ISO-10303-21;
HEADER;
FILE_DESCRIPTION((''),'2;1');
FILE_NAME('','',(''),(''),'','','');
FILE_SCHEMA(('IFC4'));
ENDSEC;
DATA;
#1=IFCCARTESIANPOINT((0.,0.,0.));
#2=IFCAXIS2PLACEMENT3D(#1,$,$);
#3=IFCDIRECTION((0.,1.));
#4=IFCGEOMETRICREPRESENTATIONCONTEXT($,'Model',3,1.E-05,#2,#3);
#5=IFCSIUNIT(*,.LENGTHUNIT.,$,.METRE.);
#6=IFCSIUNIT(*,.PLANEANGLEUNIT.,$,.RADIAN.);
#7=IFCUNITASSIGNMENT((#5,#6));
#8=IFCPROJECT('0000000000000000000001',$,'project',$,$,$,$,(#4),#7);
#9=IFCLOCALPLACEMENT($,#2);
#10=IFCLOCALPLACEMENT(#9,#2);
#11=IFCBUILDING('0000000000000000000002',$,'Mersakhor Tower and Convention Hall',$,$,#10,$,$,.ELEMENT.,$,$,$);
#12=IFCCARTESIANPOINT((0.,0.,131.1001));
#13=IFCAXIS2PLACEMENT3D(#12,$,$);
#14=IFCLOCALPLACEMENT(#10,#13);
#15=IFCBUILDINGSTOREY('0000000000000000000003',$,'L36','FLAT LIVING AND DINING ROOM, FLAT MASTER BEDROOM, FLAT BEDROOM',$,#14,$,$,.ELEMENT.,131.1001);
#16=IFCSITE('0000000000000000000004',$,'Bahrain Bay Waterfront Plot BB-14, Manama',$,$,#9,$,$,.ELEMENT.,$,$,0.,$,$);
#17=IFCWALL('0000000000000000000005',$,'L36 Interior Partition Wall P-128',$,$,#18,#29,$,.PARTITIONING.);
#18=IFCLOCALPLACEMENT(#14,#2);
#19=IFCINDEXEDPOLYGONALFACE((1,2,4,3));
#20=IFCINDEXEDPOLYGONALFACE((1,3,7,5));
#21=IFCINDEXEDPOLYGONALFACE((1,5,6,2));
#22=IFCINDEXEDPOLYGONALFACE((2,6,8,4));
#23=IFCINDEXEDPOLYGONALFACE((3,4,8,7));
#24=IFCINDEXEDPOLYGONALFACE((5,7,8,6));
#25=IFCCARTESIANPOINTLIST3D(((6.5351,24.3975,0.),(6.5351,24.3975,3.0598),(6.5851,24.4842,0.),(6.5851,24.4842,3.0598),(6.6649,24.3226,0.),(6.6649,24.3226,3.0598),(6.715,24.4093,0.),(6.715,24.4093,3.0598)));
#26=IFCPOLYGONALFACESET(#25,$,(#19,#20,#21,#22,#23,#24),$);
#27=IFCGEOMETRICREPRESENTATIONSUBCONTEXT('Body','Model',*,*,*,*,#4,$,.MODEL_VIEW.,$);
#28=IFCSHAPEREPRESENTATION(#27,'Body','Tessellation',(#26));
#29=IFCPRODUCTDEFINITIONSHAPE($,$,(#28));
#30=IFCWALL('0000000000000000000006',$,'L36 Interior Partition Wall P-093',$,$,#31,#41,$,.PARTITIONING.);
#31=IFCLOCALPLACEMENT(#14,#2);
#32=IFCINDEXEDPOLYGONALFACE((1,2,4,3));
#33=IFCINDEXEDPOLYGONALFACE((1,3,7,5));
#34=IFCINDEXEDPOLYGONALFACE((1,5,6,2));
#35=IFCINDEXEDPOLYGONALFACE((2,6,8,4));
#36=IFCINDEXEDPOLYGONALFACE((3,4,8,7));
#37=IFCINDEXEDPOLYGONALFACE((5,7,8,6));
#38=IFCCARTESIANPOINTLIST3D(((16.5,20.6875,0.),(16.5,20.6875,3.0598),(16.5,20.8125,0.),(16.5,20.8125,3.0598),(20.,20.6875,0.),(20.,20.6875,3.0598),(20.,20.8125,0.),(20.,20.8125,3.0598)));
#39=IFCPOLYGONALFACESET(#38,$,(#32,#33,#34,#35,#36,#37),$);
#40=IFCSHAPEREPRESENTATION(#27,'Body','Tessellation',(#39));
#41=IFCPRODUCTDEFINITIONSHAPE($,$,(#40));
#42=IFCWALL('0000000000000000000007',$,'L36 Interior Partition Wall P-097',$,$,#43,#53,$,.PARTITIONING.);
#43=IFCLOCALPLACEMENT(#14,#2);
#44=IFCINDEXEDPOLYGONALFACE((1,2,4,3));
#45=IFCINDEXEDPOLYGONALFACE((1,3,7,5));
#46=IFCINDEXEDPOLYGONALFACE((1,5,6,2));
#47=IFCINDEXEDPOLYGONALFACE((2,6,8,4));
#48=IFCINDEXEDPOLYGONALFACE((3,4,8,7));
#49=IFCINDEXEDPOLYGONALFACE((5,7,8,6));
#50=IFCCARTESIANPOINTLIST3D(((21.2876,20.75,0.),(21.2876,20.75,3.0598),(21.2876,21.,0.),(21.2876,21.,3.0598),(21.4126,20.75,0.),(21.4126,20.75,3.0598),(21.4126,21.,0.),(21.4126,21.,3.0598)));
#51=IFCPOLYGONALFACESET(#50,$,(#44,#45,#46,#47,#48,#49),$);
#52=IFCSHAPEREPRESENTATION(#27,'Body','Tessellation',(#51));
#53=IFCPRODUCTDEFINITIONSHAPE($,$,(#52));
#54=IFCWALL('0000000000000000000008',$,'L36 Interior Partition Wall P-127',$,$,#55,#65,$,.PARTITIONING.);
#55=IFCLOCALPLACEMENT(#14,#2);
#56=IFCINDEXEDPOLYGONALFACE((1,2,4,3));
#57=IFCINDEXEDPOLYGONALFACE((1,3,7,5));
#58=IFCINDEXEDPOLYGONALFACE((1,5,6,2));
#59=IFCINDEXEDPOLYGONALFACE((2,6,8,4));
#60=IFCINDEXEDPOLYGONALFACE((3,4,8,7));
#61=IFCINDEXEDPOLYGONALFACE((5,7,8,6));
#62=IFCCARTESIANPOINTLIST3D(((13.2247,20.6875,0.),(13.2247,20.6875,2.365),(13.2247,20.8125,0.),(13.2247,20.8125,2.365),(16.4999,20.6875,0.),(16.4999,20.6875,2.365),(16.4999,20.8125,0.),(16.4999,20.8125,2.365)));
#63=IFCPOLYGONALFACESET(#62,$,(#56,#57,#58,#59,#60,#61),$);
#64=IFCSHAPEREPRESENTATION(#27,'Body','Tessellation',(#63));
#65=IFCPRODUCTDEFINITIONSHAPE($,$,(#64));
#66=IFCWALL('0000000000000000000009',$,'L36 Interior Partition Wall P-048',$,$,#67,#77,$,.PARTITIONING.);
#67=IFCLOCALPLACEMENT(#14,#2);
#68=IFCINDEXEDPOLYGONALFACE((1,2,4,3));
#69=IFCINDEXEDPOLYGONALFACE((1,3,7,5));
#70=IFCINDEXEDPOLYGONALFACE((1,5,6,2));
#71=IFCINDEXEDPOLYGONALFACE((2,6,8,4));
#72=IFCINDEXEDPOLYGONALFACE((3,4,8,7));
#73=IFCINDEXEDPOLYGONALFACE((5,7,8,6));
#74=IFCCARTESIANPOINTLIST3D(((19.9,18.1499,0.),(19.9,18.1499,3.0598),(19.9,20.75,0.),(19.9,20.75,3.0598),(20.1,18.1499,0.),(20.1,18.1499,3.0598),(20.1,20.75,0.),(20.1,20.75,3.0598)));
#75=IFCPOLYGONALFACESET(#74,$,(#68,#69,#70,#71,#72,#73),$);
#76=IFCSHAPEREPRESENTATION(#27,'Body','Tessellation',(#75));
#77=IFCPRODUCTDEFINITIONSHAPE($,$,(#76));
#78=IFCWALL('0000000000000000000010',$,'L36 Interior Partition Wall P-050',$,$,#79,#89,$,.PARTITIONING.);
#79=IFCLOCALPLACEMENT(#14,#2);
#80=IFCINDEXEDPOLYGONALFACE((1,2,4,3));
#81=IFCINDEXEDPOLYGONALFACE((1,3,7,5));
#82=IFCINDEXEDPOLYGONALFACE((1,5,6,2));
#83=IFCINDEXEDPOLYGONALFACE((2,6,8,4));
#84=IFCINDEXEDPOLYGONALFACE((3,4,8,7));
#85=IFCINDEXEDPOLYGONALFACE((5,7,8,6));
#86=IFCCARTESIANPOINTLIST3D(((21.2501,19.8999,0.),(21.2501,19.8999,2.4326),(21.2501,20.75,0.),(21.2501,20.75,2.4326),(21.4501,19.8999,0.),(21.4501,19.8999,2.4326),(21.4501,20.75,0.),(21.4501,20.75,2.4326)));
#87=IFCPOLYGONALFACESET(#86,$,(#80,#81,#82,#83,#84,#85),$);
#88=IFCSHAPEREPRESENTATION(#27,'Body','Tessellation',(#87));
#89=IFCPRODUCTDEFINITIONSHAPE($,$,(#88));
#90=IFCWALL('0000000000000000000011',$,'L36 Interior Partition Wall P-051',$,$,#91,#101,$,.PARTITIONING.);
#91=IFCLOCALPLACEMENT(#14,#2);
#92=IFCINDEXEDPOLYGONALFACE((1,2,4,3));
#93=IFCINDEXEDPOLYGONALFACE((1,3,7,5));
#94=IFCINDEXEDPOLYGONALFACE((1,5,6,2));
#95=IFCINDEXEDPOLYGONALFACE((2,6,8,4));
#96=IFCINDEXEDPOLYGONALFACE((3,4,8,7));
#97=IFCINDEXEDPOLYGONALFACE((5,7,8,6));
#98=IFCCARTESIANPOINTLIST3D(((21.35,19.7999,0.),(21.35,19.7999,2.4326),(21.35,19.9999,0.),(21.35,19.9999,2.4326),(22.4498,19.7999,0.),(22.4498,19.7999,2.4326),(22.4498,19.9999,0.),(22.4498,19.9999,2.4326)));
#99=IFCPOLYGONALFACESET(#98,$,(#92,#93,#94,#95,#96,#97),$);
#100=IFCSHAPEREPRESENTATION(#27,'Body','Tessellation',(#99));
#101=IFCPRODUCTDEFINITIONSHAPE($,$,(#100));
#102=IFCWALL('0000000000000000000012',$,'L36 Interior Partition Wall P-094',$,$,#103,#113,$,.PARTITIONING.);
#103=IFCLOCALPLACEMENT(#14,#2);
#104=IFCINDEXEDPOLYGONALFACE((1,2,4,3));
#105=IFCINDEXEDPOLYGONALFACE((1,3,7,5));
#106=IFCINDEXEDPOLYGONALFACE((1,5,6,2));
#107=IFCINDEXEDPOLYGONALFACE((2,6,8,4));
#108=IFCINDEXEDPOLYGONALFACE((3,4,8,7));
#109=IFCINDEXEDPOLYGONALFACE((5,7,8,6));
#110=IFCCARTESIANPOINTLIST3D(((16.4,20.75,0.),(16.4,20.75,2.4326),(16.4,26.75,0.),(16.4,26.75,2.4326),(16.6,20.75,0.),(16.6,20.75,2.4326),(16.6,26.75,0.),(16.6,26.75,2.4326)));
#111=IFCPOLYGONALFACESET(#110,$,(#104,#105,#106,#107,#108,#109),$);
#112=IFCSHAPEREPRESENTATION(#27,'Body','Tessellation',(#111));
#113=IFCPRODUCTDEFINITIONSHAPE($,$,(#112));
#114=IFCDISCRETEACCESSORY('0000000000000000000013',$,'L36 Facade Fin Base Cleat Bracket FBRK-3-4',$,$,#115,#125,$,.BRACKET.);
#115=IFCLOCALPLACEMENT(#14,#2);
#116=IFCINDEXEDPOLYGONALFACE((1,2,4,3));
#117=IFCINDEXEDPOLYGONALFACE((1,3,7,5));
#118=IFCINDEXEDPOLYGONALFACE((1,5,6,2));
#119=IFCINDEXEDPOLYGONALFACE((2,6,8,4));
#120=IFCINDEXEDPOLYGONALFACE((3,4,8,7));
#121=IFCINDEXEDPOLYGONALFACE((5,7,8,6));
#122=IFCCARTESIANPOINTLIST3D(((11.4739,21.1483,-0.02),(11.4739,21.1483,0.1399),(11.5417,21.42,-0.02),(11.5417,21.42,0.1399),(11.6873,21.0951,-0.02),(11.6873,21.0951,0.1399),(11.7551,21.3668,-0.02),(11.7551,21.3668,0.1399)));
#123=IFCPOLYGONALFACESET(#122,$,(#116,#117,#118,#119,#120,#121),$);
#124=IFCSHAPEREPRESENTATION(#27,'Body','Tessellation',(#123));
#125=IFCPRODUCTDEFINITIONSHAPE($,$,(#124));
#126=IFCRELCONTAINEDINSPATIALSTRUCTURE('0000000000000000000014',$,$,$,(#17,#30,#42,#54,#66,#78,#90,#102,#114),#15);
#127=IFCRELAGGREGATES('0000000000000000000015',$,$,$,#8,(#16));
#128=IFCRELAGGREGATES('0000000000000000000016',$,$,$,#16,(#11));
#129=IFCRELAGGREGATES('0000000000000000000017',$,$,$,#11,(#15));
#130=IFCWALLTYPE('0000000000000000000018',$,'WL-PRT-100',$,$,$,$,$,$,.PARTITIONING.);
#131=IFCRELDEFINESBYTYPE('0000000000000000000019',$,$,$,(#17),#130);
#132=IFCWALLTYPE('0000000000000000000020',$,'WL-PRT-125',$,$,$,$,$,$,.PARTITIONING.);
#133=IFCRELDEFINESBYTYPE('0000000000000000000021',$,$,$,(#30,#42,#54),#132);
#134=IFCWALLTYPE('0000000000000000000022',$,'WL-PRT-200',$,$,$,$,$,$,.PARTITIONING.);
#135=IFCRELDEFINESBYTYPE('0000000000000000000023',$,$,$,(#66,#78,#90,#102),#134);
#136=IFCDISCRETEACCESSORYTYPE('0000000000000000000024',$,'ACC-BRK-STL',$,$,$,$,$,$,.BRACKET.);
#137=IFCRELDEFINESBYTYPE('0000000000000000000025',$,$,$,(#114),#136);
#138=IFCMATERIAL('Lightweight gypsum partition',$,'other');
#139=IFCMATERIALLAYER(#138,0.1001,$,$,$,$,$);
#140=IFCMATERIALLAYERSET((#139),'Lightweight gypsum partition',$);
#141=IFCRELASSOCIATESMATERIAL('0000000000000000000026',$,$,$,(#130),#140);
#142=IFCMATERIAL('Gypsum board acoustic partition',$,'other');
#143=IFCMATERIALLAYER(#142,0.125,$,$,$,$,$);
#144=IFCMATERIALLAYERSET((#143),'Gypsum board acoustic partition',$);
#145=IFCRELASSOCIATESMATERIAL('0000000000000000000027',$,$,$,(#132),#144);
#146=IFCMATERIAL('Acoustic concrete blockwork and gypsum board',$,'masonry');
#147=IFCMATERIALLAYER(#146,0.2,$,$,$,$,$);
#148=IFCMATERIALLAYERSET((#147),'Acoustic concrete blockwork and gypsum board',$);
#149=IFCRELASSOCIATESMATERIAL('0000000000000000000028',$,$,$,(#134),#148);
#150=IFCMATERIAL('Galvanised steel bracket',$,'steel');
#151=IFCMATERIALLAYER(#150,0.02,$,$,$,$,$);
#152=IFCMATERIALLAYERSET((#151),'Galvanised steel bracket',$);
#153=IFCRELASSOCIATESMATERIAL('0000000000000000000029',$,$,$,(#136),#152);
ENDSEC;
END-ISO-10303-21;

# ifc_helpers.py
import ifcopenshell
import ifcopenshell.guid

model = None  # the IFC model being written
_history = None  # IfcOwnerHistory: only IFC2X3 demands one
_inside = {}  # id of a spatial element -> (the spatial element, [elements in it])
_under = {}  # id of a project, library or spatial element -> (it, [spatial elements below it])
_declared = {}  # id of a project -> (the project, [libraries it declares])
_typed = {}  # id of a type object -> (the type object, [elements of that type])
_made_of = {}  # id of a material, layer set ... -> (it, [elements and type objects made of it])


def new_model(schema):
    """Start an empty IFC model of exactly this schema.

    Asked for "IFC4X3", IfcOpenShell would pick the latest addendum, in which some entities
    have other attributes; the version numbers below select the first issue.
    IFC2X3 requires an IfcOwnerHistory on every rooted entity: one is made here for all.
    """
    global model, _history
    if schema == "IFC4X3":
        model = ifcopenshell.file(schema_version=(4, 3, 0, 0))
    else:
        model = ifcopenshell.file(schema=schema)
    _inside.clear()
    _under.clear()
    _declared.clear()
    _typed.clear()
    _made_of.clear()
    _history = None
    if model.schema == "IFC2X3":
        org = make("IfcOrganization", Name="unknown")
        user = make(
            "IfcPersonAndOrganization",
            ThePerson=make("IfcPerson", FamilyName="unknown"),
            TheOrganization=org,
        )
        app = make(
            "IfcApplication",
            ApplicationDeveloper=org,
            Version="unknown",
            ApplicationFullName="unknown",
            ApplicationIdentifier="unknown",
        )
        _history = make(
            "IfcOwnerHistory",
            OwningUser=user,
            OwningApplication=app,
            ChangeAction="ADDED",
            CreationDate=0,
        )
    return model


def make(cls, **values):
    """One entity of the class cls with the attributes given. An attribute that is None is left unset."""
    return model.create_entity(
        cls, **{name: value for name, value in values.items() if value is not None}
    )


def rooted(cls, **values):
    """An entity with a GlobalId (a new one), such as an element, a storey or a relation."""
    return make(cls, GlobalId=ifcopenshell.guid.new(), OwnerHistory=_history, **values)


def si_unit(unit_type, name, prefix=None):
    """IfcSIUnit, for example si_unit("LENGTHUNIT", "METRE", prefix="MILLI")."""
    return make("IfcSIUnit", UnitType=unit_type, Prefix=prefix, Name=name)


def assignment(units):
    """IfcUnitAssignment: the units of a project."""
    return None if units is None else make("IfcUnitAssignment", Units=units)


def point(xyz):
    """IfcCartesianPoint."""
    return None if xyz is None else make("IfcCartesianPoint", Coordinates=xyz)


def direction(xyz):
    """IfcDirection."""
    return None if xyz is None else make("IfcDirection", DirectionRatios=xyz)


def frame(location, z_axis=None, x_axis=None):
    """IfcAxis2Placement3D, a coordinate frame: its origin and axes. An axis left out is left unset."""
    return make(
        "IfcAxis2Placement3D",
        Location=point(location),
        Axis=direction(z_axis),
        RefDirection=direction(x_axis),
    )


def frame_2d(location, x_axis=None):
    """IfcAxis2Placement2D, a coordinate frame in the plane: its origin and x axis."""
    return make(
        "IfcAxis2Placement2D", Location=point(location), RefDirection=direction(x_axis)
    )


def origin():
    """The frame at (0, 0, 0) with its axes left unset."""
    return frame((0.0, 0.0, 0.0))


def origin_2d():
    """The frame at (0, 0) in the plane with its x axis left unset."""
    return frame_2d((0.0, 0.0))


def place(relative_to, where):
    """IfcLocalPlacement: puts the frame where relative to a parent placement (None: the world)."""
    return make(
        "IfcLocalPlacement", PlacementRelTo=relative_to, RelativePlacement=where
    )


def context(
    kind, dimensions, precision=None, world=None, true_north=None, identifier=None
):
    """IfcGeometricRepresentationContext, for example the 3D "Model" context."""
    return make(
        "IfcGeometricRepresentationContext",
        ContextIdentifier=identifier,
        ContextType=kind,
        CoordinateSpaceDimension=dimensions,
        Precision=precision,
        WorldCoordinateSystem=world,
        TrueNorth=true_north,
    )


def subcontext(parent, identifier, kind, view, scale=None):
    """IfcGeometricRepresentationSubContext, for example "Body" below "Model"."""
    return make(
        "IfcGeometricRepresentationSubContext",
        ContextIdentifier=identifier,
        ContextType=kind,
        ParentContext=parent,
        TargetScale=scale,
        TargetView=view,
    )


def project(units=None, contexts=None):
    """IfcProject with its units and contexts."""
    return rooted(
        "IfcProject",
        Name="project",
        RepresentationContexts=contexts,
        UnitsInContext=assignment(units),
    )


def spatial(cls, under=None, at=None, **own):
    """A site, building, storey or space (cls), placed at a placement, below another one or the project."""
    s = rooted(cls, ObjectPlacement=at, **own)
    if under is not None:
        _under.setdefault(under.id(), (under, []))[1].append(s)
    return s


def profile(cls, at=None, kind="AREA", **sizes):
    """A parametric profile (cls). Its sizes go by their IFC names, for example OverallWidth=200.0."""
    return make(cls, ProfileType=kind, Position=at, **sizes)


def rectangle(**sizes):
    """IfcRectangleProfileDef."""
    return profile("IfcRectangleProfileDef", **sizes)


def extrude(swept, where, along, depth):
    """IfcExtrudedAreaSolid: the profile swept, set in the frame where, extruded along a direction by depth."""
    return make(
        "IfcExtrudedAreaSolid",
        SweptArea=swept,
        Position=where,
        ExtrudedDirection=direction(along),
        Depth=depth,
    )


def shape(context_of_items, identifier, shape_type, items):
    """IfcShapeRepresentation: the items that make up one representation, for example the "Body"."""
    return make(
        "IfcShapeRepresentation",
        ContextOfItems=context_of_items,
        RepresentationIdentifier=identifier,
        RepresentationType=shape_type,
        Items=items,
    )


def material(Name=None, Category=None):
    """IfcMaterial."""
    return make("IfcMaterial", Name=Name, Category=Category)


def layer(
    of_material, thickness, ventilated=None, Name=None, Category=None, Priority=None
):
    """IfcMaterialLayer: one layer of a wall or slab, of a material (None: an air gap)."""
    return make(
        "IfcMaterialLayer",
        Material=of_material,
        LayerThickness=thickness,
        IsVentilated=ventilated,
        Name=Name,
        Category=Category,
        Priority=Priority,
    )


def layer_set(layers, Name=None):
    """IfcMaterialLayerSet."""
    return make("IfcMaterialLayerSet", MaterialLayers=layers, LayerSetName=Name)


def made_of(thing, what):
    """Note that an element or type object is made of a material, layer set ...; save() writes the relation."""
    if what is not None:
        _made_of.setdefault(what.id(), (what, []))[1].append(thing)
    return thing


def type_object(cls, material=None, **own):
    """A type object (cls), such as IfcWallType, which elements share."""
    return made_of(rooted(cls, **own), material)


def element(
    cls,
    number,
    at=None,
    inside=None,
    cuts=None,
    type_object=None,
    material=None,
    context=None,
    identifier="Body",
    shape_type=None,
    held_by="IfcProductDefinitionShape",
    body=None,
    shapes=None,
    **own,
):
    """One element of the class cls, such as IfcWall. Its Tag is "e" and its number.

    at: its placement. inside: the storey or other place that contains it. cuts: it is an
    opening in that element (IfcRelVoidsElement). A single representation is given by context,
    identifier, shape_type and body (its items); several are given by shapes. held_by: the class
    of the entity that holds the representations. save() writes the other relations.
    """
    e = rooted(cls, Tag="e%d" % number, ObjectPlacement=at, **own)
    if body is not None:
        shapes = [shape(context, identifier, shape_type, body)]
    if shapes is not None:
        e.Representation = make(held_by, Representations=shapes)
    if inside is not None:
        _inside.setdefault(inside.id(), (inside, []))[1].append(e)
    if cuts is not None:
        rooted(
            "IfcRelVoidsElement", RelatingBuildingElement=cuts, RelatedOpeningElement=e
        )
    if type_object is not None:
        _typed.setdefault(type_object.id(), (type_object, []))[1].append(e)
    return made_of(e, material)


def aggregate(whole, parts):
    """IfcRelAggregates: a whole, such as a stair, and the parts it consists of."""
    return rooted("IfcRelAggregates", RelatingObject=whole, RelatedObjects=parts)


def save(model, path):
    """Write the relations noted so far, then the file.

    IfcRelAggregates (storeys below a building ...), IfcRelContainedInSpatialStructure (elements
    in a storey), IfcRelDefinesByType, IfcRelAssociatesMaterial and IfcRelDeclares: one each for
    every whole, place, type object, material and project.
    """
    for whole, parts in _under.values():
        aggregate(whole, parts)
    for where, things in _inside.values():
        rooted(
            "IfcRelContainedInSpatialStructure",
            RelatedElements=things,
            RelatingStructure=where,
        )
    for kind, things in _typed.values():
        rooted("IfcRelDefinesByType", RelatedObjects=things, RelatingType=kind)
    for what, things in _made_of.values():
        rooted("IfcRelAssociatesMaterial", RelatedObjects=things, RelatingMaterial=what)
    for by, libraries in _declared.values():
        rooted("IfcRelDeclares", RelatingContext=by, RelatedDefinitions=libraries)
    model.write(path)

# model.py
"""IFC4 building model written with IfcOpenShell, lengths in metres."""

from ifc_helpers import new_model, si_unit, direction, frame, frame_2d, origin, origin_2d, place, context, subcontext, project, spatial, rectangle, extrude, material, layer, layer_set, type_object, element, save


model = new_model("IFC4")

# Units and contexts
model_context = context("Model", 3, precision=1e-05, world=origin(), true_north=direction((0.0, 1.0)))
body_context = subcontext(model_context, "Body", "Model", "MODEL_VIEW")
ifc_project = project(units=[si_unit("LENGTHUNIT", "METRE"), si_unit("PLANEANGLEUNIT", "RADIAN")], contexts=[model_context])

# Site, building, storey
site_placement = place(None, origin())
site = spatial("IfcSite", under=ifc_project, at=site_placement, Name="Bahrain Bay Waterfront Plot BB-14, Manama", CompositionType="ELEMENT", RefElevation=0.0)
building_placement = place(site_placement, origin())
building = spatial("IfcBuilding", under=site, at=building_placement, Name="Mersakhor Tower and Convention Hall", CompositionType="ELEMENT")
storey_placement = place(building_placement, frame((0.0, 0.0, 131.1001)))
storey = spatial("IfcBuildingStorey", under=building, at=storey_placement, Name="L36", Description="FLAT LIVING AND DINING ROOM, FLAT MASTER BEDROOM, FLAT BEDROOM", CompositionType="ELEMENT", Elevation=131.1001)

# Walls
ifc_material_1 = material(Name="Lightweight gypsum partition", Category="other")
ifc_layer_1 = layer(ifc_material_1, 0.1001)
ifc_layer_set_1 = layer_set([ifc_layer_1], Name="Lightweight gypsum partition")
wall_type_1 = type_object("IfcWallType", Name="WL-PRT-100", PredefinedType="PARTITIONING", material=ifc_layer_set_1)
wall_1_placement = place(storey_placement, frame((6.6899, 24.366, 0.0), z_axis=(0.0, 0.0, 1.0), x_axis=(-0.866131, 0.499816, 0.0)))
element("IfcWall", 1, at=wall_1_placement, inside=storey, type_object=wall_type_1, Name="L36 Interior Partition Wall P-128", PredefinedType="PARTITIONING", context=body_context, shape_type="SweptSolid", body=[
    extrude(rectangle(XDim=0.1499, YDim=0.1001, at=frame_2d((0.075, 0.0))), origin(), (0.0, 0.0, 1.0), 3.0598),
])
ifc_material_2 = material(Name="Gypsum board acoustic partition", Category="other")
ifc_layer_2 = layer(ifc_material_2, 0.125)
ifc_layer_set_2 = layer_set([ifc_layer_2], Name="Gypsum board acoustic partition")
wall_type_2 = type_object("IfcWallType", Name="WL-PRT-125", PredefinedType="PARTITIONING", material=ifc_layer_set_2)
wall_2_placement = place(storey_placement, frame((20.0, 20.75, 0.0), z_axis=(0.0, 0.0, 1.0), x_axis=(-1.0, 0.0, 0.0)))
element("IfcWall", 2, at=wall_2_placement, inside=storey, type_object=wall_type_2, Name="L36 Interior Partition Wall P-093", PredefinedType="PARTITIONING", context=body_context, shape_type="SweptSolid", body=[
    extrude(rectangle(XDim=3.5, YDim=0.125, at=frame_2d((1.75, 0.0))), origin(), (0.0, 0.0, 1.0), 3.0598),
])
wall_3_placement = place(storey_placement, frame((21.3501, 21.0, 0.0), z_axis=(0.0, 0.0, 1.0), x_axis=(0.0, -1.0, 0.0)))
element("IfcWall", 3, at=wall_3_placement, inside=storey, type_object=wall_type_2, Name="L36 Interior Partition Wall P-097", PredefinedType="PARTITIONING", context=body_context, shape_type="SweptSolid", body=[
    extrude(rectangle(XDim=0.25, YDim=0.125, at=frame_2d((0.125, 0.0))), origin(), (0.0, 0.0, 1.0), 3.0598),
])
wall_4_placement = place(storey_placement, frame((16.5, 20.75, 0.0), z_axis=(0.0, 0.0, 1.0), x_axis=(-1.0, 0.0, 0.0)))
element("IfcWall", 4, at=wall_4_placement, inside=storey, type_object=wall_type_2, Name="L36 Interior Partition Wall P-127", PredefinedType="PARTITIONING", context=body_context, shape_type="SweptSolid", body=[
    extrude(rectangle(XDim=3.2751, YDim=0.125, at=frame_2d((1.6377, 0.0))), origin(), (0.0, 0.0, 1.0), 2.365),
])
ifc_material_3 = material(Name="Acoustic concrete blockwork and gypsum board", Category="masonry")
ifc_layer_3 = layer(ifc_material_3, 0.2)
ifc_layer_set_3 = layer_set([ifc_layer_3], Name="Acoustic concrete blockwork and gypsum board")
wall_type_3 = type_object("IfcWallType", Name="WL-PRT-200", PredefinedType="PARTITIONING", material=ifc_layer_set_3)
wall_5_placement = place(storey_placement, frame((20.0, 18.1499, 0.0), z_axis=(0.0, 0.0, 1.0), x_axis=(0.0, 1.0, 0.0)))
element("IfcWall", 5, at=wall_5_placement, inside=storey, type_object=wall_type_3, Name="L36 Interior Partition Wall P-048", PredefinedType="PARTITIONING", context=body_context, shape_type="SweptSolid", body=[
    extrude(rectangle(XDim=2.6001, YDim=0.2, at=frame_2d((1.3, 0.0))), origin(), (0.0, 0.0, 1.0), 3.0598),
])

# Walls
wall_6_placement = place(storey_placement, frame((21.3501, 20.75, 0.0), z_axis=(0.0, 0.0, 1.0), x_axis=(0.0, -1.0, 0.0)))
element("IfcWall", 6, at=wall_6_placement, inside=storey, type_object=wall_type_3, Name="L36 Interior Partition Wall P-050", PredefinedType="PARTITIONING", context=body_context, shape_type="SweptSolid", body=[
    extrude(rectangle(XDim=0.8501, YDim=0.2, at=frame_2d((0.425, 0.0))), origin(), (0.0, 0.0, 1.0), 2.4326),
])
wall_7_placement = place(storey_placement, frame((21.3501, 19.8999, 0.0), z_axis=(0.0, 0.0, 1.0), x_axis=(1.0, 0.0, 0.0)))
element("IfcWall", 7, at=wall_7_placement, inside=storey, type_object=wall_type_3, Name="L36 Interior Partition Wall P-051", PredefinedType="PARTITIONING", context=body_context, shape_type="SweptSolid", body=[
    extrude(rectangle(XDim=1.0999, YDim=0.2, at=frame_2d((0.5498, 0.0))), origin(), (0.0, 0.0, 1.0), 2.4326),
])
wall_8_placement = place(storey_placement, frame((16.5, 20.75, 0.0), z_axis=(0.0, 0.0, 1.0), x_axis=(0.0, 1.0, 0.0)))
element("IfcWall", 8, at=wall_8_placement, inside=storey, type_object=wall_type_3, Name="L36 Interior Partition Wall P-094", PredefinedType="PARTITIONING", context=body_context, shape_type="SweptSolid", body=[
    extrude(rectangle(XDim=6.0, YDim=0.2, at=frame_2d((3.0, 0.0))), origin(), (0.0, 0.0, 1.0), 2.4326),
])

# Discrete accessory
ifc_material_4 = material(Name="Galvanised steel bracket", Category="steel")
ifc_layer_4 = layer(ifc_material_4, 0.02)
ifc_layer_set_4 = layer_set([ifc_layer_4], Name="Galvanised steel bracket")
discrete_accessory_type = type_object("IfcDiscreteAccessoryType", Name="ACC-BRK-STL", PredefinedType="BRACKET", material=ifc_layer_set_4)
discrete_accessory_placement = place(storey_placement, frame((11.6145, 21.2576, -0.02), z_axis=(0.0, 0.0, 1.0), x_axis=(-0.241922, -0.970296, 0.0)))
element("IfcDiscreteAccessory", 9, at=discrete_accessory_placement, inside=storey, type_object=discrete_accessory_type, Name="L36 Facade Fin Base Cleat Bracket FBRK-3-4", PredefinedType="BRACKET", context=body_context, shape_type="SweptSolid", body=[
    extrude(rectangle(XDim=0.28, YDim=0.22, at=origin_2d()), origin(), (0.0, 0.0, 1.0), 0.1599),
])

save(model, "model.ifc")
